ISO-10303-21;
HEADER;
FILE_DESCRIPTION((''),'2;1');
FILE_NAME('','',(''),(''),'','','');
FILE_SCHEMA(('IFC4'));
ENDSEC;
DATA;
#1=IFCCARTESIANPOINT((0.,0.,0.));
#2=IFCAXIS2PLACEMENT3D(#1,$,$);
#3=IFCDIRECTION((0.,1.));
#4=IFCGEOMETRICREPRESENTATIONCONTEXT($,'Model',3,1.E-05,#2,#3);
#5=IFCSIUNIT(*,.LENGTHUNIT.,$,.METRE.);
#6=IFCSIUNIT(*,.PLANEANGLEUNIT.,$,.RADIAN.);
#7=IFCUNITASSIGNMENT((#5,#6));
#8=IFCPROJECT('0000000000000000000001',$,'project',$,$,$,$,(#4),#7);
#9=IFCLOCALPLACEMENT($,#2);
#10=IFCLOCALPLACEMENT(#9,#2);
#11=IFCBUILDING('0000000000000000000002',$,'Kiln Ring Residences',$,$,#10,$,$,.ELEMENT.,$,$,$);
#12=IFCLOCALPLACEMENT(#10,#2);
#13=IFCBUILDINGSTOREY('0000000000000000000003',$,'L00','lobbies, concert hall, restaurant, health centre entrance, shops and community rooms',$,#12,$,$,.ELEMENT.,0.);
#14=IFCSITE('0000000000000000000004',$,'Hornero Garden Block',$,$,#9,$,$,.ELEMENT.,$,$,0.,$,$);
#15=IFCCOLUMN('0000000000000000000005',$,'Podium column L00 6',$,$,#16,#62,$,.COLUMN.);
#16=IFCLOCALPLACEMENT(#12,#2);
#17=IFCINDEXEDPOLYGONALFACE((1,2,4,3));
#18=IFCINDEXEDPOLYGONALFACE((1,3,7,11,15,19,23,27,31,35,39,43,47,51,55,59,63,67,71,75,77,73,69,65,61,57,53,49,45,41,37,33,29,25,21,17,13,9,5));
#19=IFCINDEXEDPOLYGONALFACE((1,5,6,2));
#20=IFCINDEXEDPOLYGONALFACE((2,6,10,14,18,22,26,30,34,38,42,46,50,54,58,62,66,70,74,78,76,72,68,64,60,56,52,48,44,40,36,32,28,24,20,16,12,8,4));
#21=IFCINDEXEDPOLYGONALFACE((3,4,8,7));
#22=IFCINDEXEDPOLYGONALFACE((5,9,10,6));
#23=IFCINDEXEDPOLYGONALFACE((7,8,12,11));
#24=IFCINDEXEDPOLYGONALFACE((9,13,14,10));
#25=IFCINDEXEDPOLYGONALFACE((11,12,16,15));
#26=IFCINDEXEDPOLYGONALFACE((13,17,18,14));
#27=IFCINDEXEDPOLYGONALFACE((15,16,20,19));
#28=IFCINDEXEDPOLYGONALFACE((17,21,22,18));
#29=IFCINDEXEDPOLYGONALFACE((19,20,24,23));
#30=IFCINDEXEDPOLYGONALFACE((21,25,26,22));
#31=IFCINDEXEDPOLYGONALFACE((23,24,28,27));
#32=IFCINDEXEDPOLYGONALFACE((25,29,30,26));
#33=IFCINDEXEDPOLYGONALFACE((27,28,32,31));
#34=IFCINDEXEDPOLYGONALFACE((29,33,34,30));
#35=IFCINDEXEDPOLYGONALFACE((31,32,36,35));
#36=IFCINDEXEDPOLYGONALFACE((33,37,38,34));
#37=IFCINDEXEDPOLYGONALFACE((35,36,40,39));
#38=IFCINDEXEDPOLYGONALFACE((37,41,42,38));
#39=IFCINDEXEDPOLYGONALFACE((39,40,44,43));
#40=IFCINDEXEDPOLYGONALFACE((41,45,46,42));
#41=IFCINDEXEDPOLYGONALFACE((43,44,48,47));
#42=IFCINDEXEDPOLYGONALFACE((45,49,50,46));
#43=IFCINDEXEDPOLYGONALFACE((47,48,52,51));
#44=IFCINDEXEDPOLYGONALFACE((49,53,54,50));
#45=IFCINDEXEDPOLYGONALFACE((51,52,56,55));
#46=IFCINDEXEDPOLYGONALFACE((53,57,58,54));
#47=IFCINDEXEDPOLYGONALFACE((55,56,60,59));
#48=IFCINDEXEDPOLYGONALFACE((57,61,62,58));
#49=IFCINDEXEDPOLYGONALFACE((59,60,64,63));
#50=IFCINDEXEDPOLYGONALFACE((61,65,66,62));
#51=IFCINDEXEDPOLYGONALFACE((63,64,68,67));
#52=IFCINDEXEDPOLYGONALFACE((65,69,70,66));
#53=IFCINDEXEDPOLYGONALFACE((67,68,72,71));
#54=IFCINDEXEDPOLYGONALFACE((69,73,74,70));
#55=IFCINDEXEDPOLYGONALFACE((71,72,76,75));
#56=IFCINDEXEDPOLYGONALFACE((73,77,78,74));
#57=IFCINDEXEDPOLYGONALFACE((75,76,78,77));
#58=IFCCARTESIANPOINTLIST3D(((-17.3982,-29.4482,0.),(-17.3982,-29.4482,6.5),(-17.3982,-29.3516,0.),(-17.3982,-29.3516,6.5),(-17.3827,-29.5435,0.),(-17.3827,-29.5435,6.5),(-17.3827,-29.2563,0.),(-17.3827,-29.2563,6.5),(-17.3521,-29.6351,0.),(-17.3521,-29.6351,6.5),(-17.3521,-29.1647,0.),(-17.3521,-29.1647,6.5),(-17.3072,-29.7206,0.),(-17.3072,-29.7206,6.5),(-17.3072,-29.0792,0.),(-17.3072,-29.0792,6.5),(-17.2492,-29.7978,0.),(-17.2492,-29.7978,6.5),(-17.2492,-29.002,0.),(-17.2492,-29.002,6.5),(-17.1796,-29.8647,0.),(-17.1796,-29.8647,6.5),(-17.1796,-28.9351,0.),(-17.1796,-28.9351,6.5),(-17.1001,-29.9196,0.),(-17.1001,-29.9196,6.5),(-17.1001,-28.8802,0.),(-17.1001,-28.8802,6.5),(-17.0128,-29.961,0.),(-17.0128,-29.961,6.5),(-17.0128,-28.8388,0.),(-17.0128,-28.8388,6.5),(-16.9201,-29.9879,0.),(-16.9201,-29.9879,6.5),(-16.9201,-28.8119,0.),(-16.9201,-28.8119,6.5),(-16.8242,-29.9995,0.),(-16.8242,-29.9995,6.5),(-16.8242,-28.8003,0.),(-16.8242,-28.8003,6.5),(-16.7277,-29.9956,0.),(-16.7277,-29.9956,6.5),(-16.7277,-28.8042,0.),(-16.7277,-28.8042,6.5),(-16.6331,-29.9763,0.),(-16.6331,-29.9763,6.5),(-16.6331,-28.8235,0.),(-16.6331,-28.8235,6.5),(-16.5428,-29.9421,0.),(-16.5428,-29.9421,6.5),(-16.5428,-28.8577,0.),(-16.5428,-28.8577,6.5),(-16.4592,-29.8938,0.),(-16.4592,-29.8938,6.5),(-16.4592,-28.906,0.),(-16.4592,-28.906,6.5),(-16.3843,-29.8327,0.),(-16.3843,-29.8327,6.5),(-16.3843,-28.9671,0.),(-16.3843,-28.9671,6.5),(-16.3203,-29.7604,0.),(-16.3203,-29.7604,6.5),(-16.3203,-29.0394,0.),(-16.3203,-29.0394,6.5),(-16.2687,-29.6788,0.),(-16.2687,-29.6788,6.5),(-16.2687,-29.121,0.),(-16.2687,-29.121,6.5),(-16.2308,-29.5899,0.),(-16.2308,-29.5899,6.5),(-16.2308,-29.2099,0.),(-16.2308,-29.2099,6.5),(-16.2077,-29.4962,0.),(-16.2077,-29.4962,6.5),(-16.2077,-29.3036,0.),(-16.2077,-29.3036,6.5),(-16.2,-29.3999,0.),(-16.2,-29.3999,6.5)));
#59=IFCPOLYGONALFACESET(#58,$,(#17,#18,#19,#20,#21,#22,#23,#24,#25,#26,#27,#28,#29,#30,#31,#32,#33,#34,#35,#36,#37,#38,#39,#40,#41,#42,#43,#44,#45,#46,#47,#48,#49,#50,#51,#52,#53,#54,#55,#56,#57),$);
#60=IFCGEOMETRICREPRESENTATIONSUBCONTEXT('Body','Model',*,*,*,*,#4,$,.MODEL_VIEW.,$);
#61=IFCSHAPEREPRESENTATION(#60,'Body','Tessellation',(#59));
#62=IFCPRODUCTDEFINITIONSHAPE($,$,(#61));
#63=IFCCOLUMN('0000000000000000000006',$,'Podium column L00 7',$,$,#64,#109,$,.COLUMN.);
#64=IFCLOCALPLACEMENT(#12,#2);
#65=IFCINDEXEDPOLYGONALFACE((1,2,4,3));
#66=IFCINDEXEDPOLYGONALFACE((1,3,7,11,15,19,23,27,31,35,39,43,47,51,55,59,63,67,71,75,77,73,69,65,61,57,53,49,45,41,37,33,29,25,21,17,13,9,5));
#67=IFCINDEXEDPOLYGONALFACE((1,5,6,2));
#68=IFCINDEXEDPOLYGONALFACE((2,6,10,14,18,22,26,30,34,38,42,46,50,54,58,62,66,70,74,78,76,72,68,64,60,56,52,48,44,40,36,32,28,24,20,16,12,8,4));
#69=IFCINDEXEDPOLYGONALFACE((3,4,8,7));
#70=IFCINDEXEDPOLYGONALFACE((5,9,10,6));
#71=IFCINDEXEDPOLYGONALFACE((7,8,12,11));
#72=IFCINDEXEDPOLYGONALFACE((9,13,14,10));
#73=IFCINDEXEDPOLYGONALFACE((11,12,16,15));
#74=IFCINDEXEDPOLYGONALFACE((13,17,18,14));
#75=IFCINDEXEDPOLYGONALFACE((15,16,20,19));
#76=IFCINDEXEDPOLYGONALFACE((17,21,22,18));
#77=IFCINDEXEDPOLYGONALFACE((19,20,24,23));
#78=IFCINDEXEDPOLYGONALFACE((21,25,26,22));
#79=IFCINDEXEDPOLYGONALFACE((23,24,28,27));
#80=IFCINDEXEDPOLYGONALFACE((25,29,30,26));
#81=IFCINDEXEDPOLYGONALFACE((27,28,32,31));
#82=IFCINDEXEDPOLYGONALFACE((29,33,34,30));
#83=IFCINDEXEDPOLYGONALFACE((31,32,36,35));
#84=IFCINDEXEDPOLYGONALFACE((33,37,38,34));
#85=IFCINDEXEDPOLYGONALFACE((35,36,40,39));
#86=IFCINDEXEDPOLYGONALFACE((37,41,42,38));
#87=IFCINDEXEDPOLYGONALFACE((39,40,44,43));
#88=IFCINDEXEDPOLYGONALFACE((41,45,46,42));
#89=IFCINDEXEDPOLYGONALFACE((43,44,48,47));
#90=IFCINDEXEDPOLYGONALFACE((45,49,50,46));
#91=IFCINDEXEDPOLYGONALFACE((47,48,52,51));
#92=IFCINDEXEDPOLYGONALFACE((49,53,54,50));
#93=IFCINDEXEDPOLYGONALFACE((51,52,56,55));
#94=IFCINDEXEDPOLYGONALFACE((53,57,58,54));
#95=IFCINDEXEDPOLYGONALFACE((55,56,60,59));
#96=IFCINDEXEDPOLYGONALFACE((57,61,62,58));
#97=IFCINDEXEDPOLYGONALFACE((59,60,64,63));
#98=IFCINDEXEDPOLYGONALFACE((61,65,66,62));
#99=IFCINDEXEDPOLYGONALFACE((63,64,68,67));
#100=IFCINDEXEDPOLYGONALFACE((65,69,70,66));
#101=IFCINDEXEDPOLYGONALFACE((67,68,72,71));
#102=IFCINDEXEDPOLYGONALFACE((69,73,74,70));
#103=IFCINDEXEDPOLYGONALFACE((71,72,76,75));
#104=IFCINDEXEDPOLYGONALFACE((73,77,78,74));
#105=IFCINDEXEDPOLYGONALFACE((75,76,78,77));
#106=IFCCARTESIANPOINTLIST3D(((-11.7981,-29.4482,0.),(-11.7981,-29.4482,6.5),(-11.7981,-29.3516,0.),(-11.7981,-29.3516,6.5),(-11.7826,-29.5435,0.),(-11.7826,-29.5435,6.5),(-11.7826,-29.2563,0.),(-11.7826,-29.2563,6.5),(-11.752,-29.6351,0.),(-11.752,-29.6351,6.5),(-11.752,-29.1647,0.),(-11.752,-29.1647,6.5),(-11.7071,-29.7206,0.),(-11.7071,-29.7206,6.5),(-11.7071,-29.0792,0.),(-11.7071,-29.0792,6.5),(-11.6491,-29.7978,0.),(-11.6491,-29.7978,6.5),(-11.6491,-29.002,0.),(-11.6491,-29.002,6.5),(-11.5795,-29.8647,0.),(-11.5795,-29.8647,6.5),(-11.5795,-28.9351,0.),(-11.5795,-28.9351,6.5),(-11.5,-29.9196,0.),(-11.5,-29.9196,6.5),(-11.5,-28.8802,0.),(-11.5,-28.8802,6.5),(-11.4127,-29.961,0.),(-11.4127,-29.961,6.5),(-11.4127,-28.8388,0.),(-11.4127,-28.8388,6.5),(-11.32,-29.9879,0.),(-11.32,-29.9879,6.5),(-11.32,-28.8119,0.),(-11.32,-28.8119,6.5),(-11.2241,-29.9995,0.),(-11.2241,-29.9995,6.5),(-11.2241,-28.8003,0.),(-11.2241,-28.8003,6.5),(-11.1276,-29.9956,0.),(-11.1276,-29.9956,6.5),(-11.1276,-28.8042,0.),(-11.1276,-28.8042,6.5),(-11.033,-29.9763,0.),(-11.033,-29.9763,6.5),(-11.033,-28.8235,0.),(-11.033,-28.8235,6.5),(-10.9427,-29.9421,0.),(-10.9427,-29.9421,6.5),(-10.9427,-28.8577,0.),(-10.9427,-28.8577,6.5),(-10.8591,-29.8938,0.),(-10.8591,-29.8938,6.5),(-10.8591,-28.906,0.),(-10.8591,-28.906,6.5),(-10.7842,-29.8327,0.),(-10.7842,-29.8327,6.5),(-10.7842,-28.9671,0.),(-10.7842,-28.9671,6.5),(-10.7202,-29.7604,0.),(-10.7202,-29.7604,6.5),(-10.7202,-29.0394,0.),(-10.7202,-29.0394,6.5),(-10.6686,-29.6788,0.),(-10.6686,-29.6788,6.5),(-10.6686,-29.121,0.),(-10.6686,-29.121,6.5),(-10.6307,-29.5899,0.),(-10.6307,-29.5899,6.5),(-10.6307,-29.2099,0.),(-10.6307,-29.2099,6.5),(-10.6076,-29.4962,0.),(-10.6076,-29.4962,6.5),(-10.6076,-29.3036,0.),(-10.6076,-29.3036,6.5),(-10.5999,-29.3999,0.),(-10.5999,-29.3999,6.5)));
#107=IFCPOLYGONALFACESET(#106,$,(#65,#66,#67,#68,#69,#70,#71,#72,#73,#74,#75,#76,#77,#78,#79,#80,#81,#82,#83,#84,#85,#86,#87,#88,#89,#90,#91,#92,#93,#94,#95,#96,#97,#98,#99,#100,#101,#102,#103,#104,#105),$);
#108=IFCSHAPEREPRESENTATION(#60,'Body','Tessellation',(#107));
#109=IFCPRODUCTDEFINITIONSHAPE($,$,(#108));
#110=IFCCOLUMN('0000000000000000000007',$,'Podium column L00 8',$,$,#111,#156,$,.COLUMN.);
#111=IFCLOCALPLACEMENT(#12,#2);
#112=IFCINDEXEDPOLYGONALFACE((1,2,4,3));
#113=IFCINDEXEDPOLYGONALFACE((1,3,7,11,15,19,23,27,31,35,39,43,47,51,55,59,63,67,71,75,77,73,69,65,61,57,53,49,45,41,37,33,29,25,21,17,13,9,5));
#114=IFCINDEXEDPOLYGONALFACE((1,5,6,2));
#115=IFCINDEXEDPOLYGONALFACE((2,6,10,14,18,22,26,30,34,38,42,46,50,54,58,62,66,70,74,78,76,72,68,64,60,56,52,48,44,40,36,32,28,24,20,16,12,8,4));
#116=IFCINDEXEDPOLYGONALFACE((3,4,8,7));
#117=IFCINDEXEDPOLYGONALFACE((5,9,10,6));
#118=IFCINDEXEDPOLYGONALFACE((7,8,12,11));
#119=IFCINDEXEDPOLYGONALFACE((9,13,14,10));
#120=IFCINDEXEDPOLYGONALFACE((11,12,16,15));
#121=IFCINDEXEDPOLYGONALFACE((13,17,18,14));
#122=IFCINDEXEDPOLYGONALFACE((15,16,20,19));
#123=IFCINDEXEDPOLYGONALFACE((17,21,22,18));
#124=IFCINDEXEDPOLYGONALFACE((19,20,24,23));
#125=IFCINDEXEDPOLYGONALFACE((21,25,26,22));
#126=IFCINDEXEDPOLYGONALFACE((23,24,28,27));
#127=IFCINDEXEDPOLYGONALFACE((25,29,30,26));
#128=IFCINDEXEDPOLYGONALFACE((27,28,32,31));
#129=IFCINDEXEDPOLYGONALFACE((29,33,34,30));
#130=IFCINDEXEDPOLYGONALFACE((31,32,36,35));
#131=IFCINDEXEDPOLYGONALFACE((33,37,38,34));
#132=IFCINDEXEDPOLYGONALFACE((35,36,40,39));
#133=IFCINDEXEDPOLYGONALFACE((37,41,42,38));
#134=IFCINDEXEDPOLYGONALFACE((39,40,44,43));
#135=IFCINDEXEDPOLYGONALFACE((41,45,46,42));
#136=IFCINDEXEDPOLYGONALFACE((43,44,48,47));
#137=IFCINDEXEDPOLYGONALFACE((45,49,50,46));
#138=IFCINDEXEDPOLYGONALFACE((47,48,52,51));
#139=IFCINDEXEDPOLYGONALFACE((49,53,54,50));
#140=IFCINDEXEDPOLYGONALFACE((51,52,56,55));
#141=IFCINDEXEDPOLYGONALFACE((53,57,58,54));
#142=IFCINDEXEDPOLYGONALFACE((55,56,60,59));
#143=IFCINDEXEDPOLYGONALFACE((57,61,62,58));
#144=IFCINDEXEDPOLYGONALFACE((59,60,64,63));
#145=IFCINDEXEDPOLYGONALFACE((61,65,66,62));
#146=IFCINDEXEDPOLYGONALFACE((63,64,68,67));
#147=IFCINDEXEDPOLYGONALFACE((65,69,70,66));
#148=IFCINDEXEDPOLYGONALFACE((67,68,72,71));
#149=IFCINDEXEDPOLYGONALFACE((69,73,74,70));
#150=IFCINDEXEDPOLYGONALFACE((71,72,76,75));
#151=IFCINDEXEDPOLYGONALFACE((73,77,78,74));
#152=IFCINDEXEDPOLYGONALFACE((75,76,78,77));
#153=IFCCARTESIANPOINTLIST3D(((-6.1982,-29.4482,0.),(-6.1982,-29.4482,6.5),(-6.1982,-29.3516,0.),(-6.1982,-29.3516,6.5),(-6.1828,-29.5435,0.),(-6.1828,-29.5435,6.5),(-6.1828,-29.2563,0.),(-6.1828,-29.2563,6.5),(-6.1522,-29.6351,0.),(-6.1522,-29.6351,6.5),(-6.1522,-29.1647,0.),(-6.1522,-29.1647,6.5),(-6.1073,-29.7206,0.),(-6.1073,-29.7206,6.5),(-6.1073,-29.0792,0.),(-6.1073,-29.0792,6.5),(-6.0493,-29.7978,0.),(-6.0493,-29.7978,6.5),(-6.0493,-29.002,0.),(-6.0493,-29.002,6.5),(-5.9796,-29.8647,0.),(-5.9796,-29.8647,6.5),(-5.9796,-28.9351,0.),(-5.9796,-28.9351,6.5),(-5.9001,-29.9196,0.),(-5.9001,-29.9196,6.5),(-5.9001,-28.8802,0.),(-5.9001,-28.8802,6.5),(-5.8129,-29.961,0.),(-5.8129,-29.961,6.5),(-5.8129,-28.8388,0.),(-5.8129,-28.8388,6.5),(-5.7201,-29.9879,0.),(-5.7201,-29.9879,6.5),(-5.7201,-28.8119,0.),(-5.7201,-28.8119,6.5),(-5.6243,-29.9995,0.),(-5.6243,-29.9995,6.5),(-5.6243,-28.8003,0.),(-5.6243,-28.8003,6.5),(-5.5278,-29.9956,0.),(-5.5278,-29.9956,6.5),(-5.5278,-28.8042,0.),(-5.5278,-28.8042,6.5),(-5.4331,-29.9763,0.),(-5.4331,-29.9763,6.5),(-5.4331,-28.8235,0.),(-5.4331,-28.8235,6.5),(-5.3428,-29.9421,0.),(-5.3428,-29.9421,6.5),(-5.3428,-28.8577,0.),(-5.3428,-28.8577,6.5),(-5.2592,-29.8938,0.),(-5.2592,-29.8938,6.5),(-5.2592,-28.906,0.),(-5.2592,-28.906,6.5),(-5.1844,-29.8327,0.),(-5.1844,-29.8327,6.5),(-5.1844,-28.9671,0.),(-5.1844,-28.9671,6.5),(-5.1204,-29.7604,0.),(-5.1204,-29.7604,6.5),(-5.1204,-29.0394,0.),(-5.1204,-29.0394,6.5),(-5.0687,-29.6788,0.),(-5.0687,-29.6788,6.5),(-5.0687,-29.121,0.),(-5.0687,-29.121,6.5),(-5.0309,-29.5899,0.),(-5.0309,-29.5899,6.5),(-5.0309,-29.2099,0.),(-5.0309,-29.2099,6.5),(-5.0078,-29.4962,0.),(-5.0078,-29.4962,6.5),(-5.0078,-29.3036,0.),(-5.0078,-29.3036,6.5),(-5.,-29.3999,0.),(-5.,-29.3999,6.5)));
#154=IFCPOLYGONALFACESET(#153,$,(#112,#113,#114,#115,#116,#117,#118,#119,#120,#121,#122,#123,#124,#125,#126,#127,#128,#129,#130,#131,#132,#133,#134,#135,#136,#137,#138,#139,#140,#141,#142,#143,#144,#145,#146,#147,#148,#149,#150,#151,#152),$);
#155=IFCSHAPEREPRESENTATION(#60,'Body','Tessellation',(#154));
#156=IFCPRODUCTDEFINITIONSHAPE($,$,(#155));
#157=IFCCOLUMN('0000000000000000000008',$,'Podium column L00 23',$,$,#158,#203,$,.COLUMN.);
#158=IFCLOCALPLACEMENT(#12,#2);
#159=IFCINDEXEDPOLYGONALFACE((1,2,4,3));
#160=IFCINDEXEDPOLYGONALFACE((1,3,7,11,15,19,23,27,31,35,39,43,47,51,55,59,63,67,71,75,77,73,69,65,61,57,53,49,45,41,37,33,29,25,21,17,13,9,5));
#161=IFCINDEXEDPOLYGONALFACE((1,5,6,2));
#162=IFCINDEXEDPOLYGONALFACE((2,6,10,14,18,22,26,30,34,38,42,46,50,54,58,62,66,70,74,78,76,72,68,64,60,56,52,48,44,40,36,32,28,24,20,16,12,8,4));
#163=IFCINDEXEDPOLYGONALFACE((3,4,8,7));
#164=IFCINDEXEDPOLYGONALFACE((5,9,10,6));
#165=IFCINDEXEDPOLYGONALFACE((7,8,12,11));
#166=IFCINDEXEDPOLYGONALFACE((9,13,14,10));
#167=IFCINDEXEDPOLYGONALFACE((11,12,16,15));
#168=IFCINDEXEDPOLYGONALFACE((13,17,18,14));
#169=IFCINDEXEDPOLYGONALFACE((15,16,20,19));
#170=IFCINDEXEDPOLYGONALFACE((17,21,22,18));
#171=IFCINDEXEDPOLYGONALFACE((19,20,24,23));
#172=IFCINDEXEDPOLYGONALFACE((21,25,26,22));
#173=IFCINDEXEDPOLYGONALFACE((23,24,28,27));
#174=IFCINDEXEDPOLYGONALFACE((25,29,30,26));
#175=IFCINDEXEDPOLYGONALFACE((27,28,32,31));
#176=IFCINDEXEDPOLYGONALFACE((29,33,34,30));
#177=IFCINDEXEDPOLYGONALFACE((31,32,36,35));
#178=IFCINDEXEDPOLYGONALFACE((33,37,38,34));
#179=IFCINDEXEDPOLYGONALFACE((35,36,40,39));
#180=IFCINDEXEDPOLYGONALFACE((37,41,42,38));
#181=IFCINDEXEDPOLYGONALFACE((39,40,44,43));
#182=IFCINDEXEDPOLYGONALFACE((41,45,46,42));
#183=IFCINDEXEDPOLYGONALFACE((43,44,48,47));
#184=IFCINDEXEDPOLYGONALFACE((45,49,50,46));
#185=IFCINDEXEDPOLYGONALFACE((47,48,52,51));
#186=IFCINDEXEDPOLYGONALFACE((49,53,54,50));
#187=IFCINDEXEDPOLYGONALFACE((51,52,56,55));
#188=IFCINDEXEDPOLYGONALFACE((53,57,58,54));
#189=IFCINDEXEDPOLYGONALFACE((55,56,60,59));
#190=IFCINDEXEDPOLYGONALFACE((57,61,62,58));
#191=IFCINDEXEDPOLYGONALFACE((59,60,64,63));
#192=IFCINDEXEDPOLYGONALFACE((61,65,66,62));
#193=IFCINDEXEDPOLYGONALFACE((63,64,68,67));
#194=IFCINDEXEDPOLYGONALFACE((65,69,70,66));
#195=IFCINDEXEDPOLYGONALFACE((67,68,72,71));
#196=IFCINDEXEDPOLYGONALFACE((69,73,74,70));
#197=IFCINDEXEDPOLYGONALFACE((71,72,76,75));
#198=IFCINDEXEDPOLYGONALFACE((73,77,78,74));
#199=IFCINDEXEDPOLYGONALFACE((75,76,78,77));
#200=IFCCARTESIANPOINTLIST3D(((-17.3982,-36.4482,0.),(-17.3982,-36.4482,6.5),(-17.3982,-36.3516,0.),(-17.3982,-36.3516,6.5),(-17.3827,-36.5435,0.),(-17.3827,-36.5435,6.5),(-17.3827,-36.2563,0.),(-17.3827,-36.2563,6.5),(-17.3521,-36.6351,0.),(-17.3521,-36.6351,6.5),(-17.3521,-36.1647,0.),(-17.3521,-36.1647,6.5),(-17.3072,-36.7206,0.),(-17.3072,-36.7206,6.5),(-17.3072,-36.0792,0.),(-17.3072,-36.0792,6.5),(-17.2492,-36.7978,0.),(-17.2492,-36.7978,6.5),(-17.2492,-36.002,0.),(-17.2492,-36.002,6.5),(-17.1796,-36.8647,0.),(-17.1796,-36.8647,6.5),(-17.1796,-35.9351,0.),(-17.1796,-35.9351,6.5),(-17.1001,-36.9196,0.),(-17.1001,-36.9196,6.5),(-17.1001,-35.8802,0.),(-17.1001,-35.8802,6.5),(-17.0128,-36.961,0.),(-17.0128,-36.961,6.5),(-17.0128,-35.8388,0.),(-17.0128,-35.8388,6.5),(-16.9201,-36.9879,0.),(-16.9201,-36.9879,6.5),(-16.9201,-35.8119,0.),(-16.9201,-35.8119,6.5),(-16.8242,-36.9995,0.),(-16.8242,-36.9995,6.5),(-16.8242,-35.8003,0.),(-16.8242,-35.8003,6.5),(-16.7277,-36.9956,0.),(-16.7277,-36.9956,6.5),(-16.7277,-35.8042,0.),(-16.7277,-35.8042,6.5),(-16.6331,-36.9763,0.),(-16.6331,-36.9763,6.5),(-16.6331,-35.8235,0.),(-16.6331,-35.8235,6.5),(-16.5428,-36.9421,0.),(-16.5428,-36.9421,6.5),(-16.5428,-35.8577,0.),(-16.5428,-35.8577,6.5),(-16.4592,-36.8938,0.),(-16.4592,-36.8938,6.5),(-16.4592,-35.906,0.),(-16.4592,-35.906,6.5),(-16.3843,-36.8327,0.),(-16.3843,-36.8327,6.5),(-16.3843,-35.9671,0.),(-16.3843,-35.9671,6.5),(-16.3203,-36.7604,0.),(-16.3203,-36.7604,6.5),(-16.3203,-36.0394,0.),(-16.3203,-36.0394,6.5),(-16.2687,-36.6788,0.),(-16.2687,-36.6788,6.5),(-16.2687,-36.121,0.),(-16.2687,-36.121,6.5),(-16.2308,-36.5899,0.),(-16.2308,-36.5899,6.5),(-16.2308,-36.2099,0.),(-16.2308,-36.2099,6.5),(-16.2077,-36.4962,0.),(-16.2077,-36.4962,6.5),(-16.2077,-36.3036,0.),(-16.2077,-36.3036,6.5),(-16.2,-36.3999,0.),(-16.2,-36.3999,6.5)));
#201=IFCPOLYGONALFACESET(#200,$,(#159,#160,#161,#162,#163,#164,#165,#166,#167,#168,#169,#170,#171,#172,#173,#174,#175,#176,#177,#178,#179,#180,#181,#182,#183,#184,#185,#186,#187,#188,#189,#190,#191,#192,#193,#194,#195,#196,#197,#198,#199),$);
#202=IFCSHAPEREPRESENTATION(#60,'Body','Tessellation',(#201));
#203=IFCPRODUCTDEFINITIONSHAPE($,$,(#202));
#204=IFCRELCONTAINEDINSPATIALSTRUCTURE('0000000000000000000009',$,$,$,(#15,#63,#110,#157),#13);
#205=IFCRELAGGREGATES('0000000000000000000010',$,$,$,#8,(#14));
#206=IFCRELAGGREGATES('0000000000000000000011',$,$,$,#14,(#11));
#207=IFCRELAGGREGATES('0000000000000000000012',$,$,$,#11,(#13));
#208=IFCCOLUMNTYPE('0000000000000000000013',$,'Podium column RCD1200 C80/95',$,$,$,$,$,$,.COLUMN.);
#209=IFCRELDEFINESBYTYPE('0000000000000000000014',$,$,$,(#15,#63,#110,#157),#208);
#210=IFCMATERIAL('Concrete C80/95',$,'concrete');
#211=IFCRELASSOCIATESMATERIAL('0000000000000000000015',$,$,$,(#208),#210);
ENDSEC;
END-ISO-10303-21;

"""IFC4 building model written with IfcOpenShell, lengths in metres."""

from ifc_helpers import new_model, si_unit, direction, frame, origin, origin_2d, place, context, subcontext, project, spatial, circle, extrude, material, material_profile, profile_set, type_object, element, save


model = new_model("IFC4")

# Units and contexts
model_context = context("Model", 3, precision=1e-05, world=origin(), true_north=direction((0.0, 1.0)))
body_context = subcontext(model_context, "Body", "Model", "MODEL_VIEW")
ifc_project = project(units=[si_unit("LENGTHUNIT", "METRE"), si_unit("PLANEANGLEUNIT", "RADIAN")], contexts=[model_context])

# Site, building, storey
site_placement = place(None, origin())
site = spatial("IfcSite", under=ifc_project, at=site_placement, Name="Hornero Garden Block", CompositionType="ELEMENT", RefElevation=0.0)
building_placement = place(site_placement, origin())
building = spatial("IfcBuilding", under=site, at=building_placement, Name="Kiln Ring Residences", CompositionType="ELEMENT")
storey_placement = place(building_placement, origin())
storey = spatial("IfcBuildingStorey", under=building, at=storey_placement, Name="L00", Description="lobbies, concert hall, restaurant, health centre entrance, shops and community rooms", CompositionType="ELEMENT", Elevation=0.0)

# Columns
ifc_material_1 = material(Name="Concrete C80/95", Category="concrete")
ifc_material_profile_1 = material_profile(ifc_material_1, circle(Radius=0.6001, at=origin_2d()), Name="RCD1200")
ifc_profile_set_1 = profile_set([ifc_material_profile_1], Name="Concrete C80/95")
column_type = type_object("IfcColumnType", Name="Podium column RCD1200 C80/95", PredefinedType="COLUMN", material=ifc_profile_set_1)
for number, where, z_axis, x_axis, name in (
    (1, (-16.8, -29.3999, 0.0), (0.0, 0.0, 1.0), (1.0, 0.0, 0.0), "Podium column L00 6"),
    (2, (-11.2, -29.3999, 0.0), (0.0, 0.0, 1.0), (1.0, 0.0, 0.0), "Podium column L00 7"),
    (3, (-5.6001, -29.3999, 0.0), (0.0, 0.0, 1.0), (1.0, 0.0, 0.0), "Podium column L00 8"),
    (4, (-16.8, -36.3999, 0.0), (0.0, 0.0, 1.0), (1.0, 0.0, 0.0), "Podium column L00 23"),
):
    element("IfcColumn", number, at=place(storey_placement, frame(where, z_axis=z_axis, x_axis=x_axis)), inside=storey, type_object=column_type, Name=name, PredefinedType="COLUMN", context=body_context, shape_type="SweptSolid", body=[
        extrude(circle(Radius=0.6001, at=origin_2d()), origin(), (0.0, 0.0, 1.0), 6.5),
    ])

save(model, "model.ifc")
